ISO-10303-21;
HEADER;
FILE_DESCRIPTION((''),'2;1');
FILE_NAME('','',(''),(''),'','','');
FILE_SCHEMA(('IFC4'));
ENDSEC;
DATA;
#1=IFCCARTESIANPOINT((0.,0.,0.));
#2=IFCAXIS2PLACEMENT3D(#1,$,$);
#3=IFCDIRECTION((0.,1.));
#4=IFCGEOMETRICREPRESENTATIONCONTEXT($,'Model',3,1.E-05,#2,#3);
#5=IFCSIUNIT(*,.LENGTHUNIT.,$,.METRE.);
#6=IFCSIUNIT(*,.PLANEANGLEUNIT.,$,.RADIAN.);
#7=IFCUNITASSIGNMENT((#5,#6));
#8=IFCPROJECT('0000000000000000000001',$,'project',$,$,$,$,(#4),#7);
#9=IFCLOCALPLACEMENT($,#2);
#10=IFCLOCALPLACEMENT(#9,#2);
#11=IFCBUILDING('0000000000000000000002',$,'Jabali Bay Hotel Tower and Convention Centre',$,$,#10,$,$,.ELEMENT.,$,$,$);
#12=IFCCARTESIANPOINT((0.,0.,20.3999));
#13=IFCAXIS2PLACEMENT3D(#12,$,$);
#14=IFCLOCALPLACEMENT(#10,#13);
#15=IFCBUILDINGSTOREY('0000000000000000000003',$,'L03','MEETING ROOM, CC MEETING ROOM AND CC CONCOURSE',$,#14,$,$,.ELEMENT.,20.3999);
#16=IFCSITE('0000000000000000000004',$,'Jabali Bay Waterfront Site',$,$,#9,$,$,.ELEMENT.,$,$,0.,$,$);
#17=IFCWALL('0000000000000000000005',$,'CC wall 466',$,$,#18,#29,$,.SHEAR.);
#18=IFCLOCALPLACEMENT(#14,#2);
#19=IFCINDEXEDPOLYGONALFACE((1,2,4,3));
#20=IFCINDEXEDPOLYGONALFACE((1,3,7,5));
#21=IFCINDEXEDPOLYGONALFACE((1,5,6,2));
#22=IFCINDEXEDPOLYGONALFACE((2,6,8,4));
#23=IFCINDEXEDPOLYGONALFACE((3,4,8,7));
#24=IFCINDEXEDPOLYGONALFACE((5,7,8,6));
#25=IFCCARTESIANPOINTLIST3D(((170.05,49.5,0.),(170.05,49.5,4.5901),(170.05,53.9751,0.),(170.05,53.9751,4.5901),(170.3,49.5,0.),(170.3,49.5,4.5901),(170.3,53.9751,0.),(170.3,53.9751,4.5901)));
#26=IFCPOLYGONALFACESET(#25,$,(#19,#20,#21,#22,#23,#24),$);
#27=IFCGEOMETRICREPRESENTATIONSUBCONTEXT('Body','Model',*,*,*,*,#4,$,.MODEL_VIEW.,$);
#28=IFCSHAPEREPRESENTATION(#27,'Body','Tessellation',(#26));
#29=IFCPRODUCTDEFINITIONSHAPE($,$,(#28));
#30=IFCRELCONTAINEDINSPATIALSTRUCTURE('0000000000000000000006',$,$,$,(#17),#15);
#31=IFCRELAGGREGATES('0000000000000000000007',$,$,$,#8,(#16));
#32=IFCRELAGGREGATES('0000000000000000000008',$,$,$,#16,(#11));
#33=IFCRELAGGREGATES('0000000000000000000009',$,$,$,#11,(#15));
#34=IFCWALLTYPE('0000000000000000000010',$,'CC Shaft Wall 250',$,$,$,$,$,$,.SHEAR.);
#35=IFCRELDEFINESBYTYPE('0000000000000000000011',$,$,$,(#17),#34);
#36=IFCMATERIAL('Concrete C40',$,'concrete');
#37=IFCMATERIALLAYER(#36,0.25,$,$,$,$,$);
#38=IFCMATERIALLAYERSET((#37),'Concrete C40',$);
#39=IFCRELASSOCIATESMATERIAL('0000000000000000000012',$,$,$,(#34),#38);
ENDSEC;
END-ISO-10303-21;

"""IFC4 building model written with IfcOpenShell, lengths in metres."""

from ifc_helpers import new_model, si_unit, direction, frame, frame_2d, origin, place, context, subcontext, project, spatial, rectangle, extrude, material, layer, layer_set, type_object, element, save


model = new_model("IFC4")

# Units and contexts
model_context = context("Model", 3, precision=1e-05, world=origin(), true_north=direction((0.0, 1.0)))
body_context = subcontext(model_context, "Body", "Model", "MODEL_VIEW")
ifc_project = project(units=[si_unit("LENGTHUNIT", "METRE"), si_unit("PLANEANGLEUNIT", "RADIAN")], contexts=[model_context])

# Site, building, storey
site_placement = place(None, origin())
site = spatial("IfcSite", under=ifc_project, at=site_placement, Name="Jabali Bay Waterfront Site", CompositionType="ELEMENT", RefElevation=0.0)
building_placement = place(site_placement, origin())
building = spatial("IfcBuilding", under=site, at=building_placement, Name="Jabali Bay Hotel Tower and Convention Centre", CompositionType="ELEMENT")
storey_placement = place(building_placement, frame((0.0, 0.0, 20.3999)))
storey = spatial("IfcBuildingStorey", under=building, at=storey_placement, Name="L03", Description="MEETING ROOM, CC MEETING ROOM AND CC CONCOURSE", CompositionType="ELEMENT", Elevation=20.3999)

# Shared definitions
ifc_material_1 = material(Name="Concrete C40", Category="concrete")

# Wall
ifc_layer_1 = layer(ifc_material_1, 0.25)
ifc_layer_set_1 = layer_set([ifc_layer_1], Name="Concrete C40")
wall_type_1 = type_object("IfcWallType", Name="CC Shaft Wall 250", PredefinedType="SHEAR", material=ifc_layer_set_1)
wall_1_placement = place(storey_placement, frame((170.175, 49.5, 0.0), z_axis=(0.0, 0.0, 1.0), x_axis=(0.0, 1.0, 0.0)))
element("IfcWall", 1, at=wall_1_placement, inside=storey, type_object=wall_type_1, Name="CC wall 466", PredefinedType="SHEAR", context=body_context, shape_type="SweptSolid", body=[
    extrude(rectangle(XDim=4.4751, YDim=0.25, at=frame_2d((2.2375, 0.0))), origin(), (0.0, 0.0, 1.0), 4.5901),
])

save(model, "model.ifc")
